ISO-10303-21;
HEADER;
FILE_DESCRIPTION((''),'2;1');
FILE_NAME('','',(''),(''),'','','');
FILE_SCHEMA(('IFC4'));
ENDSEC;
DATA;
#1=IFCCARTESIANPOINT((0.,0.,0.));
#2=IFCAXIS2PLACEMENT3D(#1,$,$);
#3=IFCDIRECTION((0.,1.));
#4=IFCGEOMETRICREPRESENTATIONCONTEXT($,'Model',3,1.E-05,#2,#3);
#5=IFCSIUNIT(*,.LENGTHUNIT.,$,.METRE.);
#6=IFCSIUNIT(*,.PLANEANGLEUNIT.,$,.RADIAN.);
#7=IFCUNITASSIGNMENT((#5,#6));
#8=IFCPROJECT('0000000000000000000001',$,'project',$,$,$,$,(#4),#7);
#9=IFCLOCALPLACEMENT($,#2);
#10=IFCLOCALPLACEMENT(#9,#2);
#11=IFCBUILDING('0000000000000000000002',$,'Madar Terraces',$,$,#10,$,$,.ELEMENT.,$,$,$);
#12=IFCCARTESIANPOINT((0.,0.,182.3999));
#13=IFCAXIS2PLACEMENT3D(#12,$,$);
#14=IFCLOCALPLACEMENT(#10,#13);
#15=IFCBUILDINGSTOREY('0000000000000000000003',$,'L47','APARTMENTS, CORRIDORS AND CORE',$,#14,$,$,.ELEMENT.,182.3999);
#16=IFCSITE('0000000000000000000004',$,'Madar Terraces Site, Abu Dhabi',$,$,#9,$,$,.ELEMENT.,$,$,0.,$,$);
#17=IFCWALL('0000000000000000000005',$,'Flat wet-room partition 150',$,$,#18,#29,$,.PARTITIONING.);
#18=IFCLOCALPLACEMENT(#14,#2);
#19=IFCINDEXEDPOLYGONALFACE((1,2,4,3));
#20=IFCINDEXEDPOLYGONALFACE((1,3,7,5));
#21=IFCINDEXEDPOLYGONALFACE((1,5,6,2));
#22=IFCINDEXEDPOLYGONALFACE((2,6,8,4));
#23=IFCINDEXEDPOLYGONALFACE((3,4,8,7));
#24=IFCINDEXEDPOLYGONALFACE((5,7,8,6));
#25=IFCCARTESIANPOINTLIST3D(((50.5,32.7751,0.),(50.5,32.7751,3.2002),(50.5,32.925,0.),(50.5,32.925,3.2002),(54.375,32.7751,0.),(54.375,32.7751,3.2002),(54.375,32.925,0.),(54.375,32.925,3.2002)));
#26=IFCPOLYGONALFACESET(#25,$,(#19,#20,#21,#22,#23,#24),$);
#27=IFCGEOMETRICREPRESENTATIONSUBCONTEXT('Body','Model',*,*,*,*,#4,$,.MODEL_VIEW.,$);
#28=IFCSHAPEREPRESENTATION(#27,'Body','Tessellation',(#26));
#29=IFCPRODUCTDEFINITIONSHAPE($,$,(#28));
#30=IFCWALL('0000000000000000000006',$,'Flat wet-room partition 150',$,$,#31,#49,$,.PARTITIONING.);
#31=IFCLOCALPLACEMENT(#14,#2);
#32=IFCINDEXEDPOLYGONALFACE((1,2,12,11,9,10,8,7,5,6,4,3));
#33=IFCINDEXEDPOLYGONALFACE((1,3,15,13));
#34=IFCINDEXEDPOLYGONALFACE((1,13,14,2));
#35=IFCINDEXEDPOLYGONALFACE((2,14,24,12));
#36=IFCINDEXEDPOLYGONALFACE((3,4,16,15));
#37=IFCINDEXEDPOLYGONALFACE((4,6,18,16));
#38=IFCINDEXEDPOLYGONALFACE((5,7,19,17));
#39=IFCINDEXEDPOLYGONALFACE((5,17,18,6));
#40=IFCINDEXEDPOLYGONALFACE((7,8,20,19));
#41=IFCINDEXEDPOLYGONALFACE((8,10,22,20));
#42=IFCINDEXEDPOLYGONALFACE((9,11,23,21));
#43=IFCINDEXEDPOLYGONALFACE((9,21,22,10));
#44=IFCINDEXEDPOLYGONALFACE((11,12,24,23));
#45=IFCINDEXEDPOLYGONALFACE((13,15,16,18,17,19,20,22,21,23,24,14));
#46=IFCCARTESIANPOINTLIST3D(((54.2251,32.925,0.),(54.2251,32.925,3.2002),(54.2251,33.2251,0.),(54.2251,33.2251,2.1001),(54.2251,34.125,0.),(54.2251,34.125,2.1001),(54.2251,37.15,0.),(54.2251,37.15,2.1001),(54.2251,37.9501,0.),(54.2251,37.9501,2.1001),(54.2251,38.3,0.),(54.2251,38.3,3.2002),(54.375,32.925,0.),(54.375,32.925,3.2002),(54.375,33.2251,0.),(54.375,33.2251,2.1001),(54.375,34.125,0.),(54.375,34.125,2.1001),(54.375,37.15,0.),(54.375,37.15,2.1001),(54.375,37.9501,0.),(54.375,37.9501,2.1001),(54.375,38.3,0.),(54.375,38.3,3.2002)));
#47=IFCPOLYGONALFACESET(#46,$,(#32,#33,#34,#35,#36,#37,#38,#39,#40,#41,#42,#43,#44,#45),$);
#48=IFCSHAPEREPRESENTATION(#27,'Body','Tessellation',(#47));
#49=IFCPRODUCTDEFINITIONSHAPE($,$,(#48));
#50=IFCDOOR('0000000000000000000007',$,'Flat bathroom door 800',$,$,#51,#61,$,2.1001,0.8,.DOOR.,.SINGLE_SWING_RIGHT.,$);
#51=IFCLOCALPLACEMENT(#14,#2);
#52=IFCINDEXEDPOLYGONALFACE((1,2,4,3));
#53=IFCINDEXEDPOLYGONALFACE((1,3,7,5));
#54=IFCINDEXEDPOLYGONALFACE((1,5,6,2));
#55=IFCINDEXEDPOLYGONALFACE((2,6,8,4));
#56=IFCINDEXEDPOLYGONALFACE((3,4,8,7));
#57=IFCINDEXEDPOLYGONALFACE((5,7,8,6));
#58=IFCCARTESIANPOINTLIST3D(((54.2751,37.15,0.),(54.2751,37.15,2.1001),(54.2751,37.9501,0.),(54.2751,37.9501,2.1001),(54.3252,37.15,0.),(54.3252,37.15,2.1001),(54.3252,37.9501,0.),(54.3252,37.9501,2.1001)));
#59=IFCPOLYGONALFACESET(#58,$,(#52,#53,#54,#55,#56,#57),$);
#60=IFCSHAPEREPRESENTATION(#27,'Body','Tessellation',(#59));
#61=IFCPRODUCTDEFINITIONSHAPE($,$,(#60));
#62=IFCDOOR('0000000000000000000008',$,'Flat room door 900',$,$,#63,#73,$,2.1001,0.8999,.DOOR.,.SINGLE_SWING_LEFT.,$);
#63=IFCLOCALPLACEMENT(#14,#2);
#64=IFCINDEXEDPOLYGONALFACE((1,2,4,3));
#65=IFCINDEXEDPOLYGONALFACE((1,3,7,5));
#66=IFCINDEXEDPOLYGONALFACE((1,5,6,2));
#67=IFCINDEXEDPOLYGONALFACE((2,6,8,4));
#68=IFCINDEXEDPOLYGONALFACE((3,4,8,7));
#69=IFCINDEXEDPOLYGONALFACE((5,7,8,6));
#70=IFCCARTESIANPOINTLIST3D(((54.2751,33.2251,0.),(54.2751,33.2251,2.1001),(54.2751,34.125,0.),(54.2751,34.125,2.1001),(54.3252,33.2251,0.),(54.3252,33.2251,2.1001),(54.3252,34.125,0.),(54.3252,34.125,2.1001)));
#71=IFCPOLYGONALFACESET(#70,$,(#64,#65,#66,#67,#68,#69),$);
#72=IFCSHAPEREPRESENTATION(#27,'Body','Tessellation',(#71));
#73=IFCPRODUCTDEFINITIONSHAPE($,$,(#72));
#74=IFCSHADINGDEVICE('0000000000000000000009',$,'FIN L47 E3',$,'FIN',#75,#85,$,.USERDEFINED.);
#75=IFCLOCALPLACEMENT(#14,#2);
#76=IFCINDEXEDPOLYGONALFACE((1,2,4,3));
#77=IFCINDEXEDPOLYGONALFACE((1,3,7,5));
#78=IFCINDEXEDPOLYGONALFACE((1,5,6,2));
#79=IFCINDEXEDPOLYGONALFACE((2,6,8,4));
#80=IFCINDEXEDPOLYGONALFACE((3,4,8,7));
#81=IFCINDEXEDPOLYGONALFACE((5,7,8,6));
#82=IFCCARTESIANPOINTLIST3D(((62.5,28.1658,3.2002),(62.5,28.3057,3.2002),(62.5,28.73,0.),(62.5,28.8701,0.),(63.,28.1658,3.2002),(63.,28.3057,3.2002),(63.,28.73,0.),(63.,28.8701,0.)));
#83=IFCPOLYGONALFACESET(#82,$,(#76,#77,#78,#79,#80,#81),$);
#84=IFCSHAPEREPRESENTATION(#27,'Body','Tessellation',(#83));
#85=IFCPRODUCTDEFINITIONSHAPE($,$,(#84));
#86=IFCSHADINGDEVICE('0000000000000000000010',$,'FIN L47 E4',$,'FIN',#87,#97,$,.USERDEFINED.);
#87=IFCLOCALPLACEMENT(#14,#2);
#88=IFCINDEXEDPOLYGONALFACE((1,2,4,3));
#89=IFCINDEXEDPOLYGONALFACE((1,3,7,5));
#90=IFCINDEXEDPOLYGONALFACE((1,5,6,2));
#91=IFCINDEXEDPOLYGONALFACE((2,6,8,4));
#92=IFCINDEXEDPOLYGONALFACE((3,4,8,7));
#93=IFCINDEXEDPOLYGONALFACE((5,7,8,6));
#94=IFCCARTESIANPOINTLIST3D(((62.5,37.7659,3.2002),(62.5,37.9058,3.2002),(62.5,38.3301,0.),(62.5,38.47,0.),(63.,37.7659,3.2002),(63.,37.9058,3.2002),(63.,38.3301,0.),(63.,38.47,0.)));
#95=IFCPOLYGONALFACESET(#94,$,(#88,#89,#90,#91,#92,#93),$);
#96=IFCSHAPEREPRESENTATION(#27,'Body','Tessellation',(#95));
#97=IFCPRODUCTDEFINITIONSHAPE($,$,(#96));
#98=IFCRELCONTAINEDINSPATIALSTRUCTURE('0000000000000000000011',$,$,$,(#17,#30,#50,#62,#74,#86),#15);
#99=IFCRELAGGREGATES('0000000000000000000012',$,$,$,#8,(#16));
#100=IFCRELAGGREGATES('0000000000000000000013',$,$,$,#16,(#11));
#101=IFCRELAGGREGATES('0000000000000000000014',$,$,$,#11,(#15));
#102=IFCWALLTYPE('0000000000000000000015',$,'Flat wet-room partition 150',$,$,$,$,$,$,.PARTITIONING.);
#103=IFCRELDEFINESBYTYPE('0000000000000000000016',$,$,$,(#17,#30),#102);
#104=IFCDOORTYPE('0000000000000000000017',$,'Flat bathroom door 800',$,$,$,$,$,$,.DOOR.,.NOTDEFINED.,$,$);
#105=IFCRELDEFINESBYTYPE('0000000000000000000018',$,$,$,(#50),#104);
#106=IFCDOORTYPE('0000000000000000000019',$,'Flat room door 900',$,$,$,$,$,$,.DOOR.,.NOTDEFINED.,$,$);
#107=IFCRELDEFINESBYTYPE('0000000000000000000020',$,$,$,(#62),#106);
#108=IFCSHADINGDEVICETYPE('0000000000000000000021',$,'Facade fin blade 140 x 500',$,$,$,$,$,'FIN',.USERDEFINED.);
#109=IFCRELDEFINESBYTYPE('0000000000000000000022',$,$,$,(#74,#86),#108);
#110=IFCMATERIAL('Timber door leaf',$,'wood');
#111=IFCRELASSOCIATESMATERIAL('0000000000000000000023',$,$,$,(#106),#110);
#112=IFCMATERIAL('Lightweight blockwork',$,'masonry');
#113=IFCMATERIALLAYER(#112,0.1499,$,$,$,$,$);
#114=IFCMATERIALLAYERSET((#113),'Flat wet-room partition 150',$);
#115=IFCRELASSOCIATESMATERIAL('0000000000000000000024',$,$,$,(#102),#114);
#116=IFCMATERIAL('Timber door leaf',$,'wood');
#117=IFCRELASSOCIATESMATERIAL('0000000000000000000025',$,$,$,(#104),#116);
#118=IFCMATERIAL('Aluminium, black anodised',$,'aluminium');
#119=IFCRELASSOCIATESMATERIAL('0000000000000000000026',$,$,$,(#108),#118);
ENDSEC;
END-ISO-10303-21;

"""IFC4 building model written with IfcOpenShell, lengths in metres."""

from ifc_helpers import new_model, si_unit, direction, frame, frame_2d, origin, place, context, subcontext, project, spatial, polyline, rectangle, outline, extrude, material, layer, layer_set, type_object, element, fill, save


model = new_model("IFC4")

# Units and contexts
model_context = context("Model", 3, precision=1e-05, world=origin(), true_north=direction((0.0, 1.0)))
body_context = subcontext(model_context, "Body", "Model", "MODEL_VIEW")
ifc_project = project(units=[si_unit("LENGTHUNIT", "METRE"), si_unit("PLANEANGLEUNIT", "RADIAN")], contexts=[model_context])

# Site, building, storey
site_placement = place(None, origin())
site = spatial("IfcSite", under=ifc_project, at=site_placement, Name="Madar Terraces Site, Abu Dhabi", CompositionType="ELEMENT", RefElevation=0.0)
building_placement = place(site_placement, origin())
building = spatial("IfcBuilding", under=site, at=building_placement, Name="Madar Terraces", CompositionType="ELEMENT")
storey_placement = place(building_placement, frame((0.0, 0.0, 182.3999)))
storey = spatial("IfcBuildingStorey", under=building, at=storey_placement, Name="L47", Description="APARTMENTS, CORRIDORS AND CORE", CompositionType="ELEMENT", Elevation=182.3999)

# Shared definitions
ifc_material_1 = material(Name="Timber door leaf", Category="wood")
door_type_1 = type_object("IfcDoorType", Name="Flat room door 900", OperationType="NOTDEFINED", PredefinedType="DOOR", material=ifc_material_1)

# Wall
ifc_material_2 = material(Name="Lightweight blockwork", Category="masonry")
ifc_layer_1 = layer(ifc_material_2, 0.1499)
ifc_layer_set_1 = layer_set([ifc_layer_1], Name="Flat wet-room partition 150")
wall_type_1 = type_object("IfcWallType", Name="Flat wet-room partition 150", PredefinedType="PARTITIONING", material=ifc_layer_set_1)
wall_1_placement = place(storey_placement, frame((50.5, 32.8501, 0.0), z_axis=(0.0, 0.0, 1.0), x_axis=(1.0, 0.0, 0.0)))
element("IfcWall", 1, at=wall_1_placement, inside=storey, type_object=wall_type_1, Name="Flat wet-room partition 150", PredefinedType="PARTITIONING", context=body_context, shape_type="SweptSolid", body=[
    extrude(rectangle(XDim=3.875, YDim=0.1499, at=frame_2d((1.9375, 0.0))), origin(), (0.0, 0.0, 1.0), 3.2002),
])

# Wall, openings, doors
wall_2_placement = place(storey_placement, frame((54.3, 32.925, 0.0), z_axis=(0.0, 0.0, 1.0), x_axis=(0.0, 1.0, 0.0)))
wall_2 = element("IfcWall", 2, at=wall_2_placement, inside=storey, type_object=wall_type_1, Name="Flat wet-room partition 150", PredefinedType="PARTITIONING", context=body_context, shape_type="SweptSolid", body=[
    extrude(rectangle(XDim=5.375, YDim=0.1499, at=frame_2d((2.6875, 0.0))), origin(), (0.0, 0.0, 1.0), 3.2002),
])
opening_1_placement = place(wall_2_placement, frame((0.3, 0.0, 0.0)))
opening_1 = element("IfcOpeningElement", 3, at=opening_1_placement, cuts=wall_2, PredefinedType="OPENING", context=body_context, shape_type="SweptSolid", body=[
    extrude(rectangle(XDim=0.8999, YDim=2.1001, at=frame_2d((0.45, 1.05))), frame((0.0, 0.085, 0.0), z_axis=(0.0, -1.0, 0.0), x_axis=(1.0, 0.0, 0.0)), (0.0, 0.0, 1.0), 0.1699),
])
opening_2_placement = place(wall_2_placement, frame((4.2251, 0.0, 0.0)))
opening_2 = element("IfcOpeningElement", 4, at=opening_2_placement, cuts=wall_2, PredefinedType="OPENING", context=body_context, shape_type="SweptSolid", body=[
    extrude(rectangle(XDim=0.8, YDim=2.1001, at=frame_2d((0.3999, 1.05))), frame((0.0, 0.085, 0.0), z_axis=(0.0, -1.0, 0.0), x_axis=(1.0, 0.0, 0.0)), (0.0, 0.0, 1.0), 0.1699),
])
ifc_material_3 = material(Name="Timber door leaf", Category="wood")
door_type_2 = type_object("IfcDoorType", Name="Flat bathroom door 800", OperationType="NOTDEFINED", PredefinedType="DOOR", material=ifc_material_3)
door_1_placement = place(opening_2_placement, origin())
door_1 = element("IfcDoor", 5, at=door_1_placement, inside=storey, type_object=door_type_2, Name="Flat bathroom door 800", OperationType="SINGLE_SWING_RIGHT", OverallHeight=2.1001, OverallWidth=0.8, PredefinedType="DOOR", context=body_context, shape_type="SweptSolid", body=[
    extrude(rectangle(XDim=0.8, YDim=2.1001, at=frame_2d((0.3999, 1.05))), frame((0.0, 0.0249, 0.0), z_axis=(0.0, -1.0, 0.0), x_axis=(1.0, 0.0, 0.0)), (0.0, 0.0, 1.0), 0.05),
])
fill(opening_2, door_1)
door_2_placement = place(opening_1_placement, origin())
door_2 = element("IfcDoor", 6, at=door_2_placement, inside=storey, type_object=door_type_1, Name="Flat room door 900", OperationType="SINGLE_SWING_LEFT", OverallHeight=2.1001, OverallWidth=0.8999, PredefinedType="DOOR", context=body_context, shape_type="SweptSolid", body=[
    extrude(rectangle(XDim=0.8999, YDim=2.1001, at=frame_2d((0.45, 1.05))), frame((0.0, 0.0249, 0.0), z_axis=(0.0, -1.0, 0.0), x_axis=(1.0, 0.0, 0.0)), (0.0, 0.0, 1.0), 0.05),
])
fill(opening_1, door_2)

# Shading devices
ifc_material_4 = material(Name="Aluminium, black anodised", Category="aluminium")
shading_device_type = type_object("IfcShadingDeviceType", Name="Facade fin blade 140 x 500", ElementType="FIN", PredefinedType="USERDEFINED", material=ifc_material_4)
shading_device_1_placement = place(storey_placement, frame((62.75, 28.73, 0.0), z_axis=(0.0, 0.0, 1.0), x_axis=(0.0, 1.0, 0.0)))
element("IfcShadingDevice", 7, at=shading_device_1_placement, inside=storey, type_object=shading_device_type, Name="FIN L47 E3", ObjectType="FIN", PredefinedType="USERDEFINED", context=body_context, shape_type="SweptSolid", body=[
    extrude(outline(polyline([(0.0, 0.0), (0.1401, 0.0), (-0.4243, 3.2002), (-0.5642, 3.2002), (0.0, 0.0)])), frame((0.0, 0.25, 0.0), z_axis=(0.0, -1.0, 0.0), x_axis=(1.0, 0.0, 0.0)), (0.0, 0.0, 1.0), 0.5),
])
shading_device_2_placement = place(storey_placement, frame((62.75, 38.3301, 0.0), z_axis=(0.0, 0.0, 1.0), x_axis=(0.0, 1.0, 0.0)))
element("IfcShadingDevice", 8, at=shading_device_2_placement, inside=storey, type_object=shading_device_type, Name="FIN L47 E4", ObjectType="FIN", PredefinedType="USERDEFINED", context=body_context, shape_type="SweptSolid", body=[
    extrude(outline(polyline([(0.0, 0.0), (0.1399, 0.0), (-0.4243, 3.2002), (-0.5642, 3.2002), (0.0, 0.0)])), frame((0.0, 0.25, 0.0), z_axis=(0.0, -1.0, 0.0), x_axis=(1.0, 0.0, 0.0)), (0.0, 0.0, 1.0), 0.5),
])

save(model, "model.ifc")
